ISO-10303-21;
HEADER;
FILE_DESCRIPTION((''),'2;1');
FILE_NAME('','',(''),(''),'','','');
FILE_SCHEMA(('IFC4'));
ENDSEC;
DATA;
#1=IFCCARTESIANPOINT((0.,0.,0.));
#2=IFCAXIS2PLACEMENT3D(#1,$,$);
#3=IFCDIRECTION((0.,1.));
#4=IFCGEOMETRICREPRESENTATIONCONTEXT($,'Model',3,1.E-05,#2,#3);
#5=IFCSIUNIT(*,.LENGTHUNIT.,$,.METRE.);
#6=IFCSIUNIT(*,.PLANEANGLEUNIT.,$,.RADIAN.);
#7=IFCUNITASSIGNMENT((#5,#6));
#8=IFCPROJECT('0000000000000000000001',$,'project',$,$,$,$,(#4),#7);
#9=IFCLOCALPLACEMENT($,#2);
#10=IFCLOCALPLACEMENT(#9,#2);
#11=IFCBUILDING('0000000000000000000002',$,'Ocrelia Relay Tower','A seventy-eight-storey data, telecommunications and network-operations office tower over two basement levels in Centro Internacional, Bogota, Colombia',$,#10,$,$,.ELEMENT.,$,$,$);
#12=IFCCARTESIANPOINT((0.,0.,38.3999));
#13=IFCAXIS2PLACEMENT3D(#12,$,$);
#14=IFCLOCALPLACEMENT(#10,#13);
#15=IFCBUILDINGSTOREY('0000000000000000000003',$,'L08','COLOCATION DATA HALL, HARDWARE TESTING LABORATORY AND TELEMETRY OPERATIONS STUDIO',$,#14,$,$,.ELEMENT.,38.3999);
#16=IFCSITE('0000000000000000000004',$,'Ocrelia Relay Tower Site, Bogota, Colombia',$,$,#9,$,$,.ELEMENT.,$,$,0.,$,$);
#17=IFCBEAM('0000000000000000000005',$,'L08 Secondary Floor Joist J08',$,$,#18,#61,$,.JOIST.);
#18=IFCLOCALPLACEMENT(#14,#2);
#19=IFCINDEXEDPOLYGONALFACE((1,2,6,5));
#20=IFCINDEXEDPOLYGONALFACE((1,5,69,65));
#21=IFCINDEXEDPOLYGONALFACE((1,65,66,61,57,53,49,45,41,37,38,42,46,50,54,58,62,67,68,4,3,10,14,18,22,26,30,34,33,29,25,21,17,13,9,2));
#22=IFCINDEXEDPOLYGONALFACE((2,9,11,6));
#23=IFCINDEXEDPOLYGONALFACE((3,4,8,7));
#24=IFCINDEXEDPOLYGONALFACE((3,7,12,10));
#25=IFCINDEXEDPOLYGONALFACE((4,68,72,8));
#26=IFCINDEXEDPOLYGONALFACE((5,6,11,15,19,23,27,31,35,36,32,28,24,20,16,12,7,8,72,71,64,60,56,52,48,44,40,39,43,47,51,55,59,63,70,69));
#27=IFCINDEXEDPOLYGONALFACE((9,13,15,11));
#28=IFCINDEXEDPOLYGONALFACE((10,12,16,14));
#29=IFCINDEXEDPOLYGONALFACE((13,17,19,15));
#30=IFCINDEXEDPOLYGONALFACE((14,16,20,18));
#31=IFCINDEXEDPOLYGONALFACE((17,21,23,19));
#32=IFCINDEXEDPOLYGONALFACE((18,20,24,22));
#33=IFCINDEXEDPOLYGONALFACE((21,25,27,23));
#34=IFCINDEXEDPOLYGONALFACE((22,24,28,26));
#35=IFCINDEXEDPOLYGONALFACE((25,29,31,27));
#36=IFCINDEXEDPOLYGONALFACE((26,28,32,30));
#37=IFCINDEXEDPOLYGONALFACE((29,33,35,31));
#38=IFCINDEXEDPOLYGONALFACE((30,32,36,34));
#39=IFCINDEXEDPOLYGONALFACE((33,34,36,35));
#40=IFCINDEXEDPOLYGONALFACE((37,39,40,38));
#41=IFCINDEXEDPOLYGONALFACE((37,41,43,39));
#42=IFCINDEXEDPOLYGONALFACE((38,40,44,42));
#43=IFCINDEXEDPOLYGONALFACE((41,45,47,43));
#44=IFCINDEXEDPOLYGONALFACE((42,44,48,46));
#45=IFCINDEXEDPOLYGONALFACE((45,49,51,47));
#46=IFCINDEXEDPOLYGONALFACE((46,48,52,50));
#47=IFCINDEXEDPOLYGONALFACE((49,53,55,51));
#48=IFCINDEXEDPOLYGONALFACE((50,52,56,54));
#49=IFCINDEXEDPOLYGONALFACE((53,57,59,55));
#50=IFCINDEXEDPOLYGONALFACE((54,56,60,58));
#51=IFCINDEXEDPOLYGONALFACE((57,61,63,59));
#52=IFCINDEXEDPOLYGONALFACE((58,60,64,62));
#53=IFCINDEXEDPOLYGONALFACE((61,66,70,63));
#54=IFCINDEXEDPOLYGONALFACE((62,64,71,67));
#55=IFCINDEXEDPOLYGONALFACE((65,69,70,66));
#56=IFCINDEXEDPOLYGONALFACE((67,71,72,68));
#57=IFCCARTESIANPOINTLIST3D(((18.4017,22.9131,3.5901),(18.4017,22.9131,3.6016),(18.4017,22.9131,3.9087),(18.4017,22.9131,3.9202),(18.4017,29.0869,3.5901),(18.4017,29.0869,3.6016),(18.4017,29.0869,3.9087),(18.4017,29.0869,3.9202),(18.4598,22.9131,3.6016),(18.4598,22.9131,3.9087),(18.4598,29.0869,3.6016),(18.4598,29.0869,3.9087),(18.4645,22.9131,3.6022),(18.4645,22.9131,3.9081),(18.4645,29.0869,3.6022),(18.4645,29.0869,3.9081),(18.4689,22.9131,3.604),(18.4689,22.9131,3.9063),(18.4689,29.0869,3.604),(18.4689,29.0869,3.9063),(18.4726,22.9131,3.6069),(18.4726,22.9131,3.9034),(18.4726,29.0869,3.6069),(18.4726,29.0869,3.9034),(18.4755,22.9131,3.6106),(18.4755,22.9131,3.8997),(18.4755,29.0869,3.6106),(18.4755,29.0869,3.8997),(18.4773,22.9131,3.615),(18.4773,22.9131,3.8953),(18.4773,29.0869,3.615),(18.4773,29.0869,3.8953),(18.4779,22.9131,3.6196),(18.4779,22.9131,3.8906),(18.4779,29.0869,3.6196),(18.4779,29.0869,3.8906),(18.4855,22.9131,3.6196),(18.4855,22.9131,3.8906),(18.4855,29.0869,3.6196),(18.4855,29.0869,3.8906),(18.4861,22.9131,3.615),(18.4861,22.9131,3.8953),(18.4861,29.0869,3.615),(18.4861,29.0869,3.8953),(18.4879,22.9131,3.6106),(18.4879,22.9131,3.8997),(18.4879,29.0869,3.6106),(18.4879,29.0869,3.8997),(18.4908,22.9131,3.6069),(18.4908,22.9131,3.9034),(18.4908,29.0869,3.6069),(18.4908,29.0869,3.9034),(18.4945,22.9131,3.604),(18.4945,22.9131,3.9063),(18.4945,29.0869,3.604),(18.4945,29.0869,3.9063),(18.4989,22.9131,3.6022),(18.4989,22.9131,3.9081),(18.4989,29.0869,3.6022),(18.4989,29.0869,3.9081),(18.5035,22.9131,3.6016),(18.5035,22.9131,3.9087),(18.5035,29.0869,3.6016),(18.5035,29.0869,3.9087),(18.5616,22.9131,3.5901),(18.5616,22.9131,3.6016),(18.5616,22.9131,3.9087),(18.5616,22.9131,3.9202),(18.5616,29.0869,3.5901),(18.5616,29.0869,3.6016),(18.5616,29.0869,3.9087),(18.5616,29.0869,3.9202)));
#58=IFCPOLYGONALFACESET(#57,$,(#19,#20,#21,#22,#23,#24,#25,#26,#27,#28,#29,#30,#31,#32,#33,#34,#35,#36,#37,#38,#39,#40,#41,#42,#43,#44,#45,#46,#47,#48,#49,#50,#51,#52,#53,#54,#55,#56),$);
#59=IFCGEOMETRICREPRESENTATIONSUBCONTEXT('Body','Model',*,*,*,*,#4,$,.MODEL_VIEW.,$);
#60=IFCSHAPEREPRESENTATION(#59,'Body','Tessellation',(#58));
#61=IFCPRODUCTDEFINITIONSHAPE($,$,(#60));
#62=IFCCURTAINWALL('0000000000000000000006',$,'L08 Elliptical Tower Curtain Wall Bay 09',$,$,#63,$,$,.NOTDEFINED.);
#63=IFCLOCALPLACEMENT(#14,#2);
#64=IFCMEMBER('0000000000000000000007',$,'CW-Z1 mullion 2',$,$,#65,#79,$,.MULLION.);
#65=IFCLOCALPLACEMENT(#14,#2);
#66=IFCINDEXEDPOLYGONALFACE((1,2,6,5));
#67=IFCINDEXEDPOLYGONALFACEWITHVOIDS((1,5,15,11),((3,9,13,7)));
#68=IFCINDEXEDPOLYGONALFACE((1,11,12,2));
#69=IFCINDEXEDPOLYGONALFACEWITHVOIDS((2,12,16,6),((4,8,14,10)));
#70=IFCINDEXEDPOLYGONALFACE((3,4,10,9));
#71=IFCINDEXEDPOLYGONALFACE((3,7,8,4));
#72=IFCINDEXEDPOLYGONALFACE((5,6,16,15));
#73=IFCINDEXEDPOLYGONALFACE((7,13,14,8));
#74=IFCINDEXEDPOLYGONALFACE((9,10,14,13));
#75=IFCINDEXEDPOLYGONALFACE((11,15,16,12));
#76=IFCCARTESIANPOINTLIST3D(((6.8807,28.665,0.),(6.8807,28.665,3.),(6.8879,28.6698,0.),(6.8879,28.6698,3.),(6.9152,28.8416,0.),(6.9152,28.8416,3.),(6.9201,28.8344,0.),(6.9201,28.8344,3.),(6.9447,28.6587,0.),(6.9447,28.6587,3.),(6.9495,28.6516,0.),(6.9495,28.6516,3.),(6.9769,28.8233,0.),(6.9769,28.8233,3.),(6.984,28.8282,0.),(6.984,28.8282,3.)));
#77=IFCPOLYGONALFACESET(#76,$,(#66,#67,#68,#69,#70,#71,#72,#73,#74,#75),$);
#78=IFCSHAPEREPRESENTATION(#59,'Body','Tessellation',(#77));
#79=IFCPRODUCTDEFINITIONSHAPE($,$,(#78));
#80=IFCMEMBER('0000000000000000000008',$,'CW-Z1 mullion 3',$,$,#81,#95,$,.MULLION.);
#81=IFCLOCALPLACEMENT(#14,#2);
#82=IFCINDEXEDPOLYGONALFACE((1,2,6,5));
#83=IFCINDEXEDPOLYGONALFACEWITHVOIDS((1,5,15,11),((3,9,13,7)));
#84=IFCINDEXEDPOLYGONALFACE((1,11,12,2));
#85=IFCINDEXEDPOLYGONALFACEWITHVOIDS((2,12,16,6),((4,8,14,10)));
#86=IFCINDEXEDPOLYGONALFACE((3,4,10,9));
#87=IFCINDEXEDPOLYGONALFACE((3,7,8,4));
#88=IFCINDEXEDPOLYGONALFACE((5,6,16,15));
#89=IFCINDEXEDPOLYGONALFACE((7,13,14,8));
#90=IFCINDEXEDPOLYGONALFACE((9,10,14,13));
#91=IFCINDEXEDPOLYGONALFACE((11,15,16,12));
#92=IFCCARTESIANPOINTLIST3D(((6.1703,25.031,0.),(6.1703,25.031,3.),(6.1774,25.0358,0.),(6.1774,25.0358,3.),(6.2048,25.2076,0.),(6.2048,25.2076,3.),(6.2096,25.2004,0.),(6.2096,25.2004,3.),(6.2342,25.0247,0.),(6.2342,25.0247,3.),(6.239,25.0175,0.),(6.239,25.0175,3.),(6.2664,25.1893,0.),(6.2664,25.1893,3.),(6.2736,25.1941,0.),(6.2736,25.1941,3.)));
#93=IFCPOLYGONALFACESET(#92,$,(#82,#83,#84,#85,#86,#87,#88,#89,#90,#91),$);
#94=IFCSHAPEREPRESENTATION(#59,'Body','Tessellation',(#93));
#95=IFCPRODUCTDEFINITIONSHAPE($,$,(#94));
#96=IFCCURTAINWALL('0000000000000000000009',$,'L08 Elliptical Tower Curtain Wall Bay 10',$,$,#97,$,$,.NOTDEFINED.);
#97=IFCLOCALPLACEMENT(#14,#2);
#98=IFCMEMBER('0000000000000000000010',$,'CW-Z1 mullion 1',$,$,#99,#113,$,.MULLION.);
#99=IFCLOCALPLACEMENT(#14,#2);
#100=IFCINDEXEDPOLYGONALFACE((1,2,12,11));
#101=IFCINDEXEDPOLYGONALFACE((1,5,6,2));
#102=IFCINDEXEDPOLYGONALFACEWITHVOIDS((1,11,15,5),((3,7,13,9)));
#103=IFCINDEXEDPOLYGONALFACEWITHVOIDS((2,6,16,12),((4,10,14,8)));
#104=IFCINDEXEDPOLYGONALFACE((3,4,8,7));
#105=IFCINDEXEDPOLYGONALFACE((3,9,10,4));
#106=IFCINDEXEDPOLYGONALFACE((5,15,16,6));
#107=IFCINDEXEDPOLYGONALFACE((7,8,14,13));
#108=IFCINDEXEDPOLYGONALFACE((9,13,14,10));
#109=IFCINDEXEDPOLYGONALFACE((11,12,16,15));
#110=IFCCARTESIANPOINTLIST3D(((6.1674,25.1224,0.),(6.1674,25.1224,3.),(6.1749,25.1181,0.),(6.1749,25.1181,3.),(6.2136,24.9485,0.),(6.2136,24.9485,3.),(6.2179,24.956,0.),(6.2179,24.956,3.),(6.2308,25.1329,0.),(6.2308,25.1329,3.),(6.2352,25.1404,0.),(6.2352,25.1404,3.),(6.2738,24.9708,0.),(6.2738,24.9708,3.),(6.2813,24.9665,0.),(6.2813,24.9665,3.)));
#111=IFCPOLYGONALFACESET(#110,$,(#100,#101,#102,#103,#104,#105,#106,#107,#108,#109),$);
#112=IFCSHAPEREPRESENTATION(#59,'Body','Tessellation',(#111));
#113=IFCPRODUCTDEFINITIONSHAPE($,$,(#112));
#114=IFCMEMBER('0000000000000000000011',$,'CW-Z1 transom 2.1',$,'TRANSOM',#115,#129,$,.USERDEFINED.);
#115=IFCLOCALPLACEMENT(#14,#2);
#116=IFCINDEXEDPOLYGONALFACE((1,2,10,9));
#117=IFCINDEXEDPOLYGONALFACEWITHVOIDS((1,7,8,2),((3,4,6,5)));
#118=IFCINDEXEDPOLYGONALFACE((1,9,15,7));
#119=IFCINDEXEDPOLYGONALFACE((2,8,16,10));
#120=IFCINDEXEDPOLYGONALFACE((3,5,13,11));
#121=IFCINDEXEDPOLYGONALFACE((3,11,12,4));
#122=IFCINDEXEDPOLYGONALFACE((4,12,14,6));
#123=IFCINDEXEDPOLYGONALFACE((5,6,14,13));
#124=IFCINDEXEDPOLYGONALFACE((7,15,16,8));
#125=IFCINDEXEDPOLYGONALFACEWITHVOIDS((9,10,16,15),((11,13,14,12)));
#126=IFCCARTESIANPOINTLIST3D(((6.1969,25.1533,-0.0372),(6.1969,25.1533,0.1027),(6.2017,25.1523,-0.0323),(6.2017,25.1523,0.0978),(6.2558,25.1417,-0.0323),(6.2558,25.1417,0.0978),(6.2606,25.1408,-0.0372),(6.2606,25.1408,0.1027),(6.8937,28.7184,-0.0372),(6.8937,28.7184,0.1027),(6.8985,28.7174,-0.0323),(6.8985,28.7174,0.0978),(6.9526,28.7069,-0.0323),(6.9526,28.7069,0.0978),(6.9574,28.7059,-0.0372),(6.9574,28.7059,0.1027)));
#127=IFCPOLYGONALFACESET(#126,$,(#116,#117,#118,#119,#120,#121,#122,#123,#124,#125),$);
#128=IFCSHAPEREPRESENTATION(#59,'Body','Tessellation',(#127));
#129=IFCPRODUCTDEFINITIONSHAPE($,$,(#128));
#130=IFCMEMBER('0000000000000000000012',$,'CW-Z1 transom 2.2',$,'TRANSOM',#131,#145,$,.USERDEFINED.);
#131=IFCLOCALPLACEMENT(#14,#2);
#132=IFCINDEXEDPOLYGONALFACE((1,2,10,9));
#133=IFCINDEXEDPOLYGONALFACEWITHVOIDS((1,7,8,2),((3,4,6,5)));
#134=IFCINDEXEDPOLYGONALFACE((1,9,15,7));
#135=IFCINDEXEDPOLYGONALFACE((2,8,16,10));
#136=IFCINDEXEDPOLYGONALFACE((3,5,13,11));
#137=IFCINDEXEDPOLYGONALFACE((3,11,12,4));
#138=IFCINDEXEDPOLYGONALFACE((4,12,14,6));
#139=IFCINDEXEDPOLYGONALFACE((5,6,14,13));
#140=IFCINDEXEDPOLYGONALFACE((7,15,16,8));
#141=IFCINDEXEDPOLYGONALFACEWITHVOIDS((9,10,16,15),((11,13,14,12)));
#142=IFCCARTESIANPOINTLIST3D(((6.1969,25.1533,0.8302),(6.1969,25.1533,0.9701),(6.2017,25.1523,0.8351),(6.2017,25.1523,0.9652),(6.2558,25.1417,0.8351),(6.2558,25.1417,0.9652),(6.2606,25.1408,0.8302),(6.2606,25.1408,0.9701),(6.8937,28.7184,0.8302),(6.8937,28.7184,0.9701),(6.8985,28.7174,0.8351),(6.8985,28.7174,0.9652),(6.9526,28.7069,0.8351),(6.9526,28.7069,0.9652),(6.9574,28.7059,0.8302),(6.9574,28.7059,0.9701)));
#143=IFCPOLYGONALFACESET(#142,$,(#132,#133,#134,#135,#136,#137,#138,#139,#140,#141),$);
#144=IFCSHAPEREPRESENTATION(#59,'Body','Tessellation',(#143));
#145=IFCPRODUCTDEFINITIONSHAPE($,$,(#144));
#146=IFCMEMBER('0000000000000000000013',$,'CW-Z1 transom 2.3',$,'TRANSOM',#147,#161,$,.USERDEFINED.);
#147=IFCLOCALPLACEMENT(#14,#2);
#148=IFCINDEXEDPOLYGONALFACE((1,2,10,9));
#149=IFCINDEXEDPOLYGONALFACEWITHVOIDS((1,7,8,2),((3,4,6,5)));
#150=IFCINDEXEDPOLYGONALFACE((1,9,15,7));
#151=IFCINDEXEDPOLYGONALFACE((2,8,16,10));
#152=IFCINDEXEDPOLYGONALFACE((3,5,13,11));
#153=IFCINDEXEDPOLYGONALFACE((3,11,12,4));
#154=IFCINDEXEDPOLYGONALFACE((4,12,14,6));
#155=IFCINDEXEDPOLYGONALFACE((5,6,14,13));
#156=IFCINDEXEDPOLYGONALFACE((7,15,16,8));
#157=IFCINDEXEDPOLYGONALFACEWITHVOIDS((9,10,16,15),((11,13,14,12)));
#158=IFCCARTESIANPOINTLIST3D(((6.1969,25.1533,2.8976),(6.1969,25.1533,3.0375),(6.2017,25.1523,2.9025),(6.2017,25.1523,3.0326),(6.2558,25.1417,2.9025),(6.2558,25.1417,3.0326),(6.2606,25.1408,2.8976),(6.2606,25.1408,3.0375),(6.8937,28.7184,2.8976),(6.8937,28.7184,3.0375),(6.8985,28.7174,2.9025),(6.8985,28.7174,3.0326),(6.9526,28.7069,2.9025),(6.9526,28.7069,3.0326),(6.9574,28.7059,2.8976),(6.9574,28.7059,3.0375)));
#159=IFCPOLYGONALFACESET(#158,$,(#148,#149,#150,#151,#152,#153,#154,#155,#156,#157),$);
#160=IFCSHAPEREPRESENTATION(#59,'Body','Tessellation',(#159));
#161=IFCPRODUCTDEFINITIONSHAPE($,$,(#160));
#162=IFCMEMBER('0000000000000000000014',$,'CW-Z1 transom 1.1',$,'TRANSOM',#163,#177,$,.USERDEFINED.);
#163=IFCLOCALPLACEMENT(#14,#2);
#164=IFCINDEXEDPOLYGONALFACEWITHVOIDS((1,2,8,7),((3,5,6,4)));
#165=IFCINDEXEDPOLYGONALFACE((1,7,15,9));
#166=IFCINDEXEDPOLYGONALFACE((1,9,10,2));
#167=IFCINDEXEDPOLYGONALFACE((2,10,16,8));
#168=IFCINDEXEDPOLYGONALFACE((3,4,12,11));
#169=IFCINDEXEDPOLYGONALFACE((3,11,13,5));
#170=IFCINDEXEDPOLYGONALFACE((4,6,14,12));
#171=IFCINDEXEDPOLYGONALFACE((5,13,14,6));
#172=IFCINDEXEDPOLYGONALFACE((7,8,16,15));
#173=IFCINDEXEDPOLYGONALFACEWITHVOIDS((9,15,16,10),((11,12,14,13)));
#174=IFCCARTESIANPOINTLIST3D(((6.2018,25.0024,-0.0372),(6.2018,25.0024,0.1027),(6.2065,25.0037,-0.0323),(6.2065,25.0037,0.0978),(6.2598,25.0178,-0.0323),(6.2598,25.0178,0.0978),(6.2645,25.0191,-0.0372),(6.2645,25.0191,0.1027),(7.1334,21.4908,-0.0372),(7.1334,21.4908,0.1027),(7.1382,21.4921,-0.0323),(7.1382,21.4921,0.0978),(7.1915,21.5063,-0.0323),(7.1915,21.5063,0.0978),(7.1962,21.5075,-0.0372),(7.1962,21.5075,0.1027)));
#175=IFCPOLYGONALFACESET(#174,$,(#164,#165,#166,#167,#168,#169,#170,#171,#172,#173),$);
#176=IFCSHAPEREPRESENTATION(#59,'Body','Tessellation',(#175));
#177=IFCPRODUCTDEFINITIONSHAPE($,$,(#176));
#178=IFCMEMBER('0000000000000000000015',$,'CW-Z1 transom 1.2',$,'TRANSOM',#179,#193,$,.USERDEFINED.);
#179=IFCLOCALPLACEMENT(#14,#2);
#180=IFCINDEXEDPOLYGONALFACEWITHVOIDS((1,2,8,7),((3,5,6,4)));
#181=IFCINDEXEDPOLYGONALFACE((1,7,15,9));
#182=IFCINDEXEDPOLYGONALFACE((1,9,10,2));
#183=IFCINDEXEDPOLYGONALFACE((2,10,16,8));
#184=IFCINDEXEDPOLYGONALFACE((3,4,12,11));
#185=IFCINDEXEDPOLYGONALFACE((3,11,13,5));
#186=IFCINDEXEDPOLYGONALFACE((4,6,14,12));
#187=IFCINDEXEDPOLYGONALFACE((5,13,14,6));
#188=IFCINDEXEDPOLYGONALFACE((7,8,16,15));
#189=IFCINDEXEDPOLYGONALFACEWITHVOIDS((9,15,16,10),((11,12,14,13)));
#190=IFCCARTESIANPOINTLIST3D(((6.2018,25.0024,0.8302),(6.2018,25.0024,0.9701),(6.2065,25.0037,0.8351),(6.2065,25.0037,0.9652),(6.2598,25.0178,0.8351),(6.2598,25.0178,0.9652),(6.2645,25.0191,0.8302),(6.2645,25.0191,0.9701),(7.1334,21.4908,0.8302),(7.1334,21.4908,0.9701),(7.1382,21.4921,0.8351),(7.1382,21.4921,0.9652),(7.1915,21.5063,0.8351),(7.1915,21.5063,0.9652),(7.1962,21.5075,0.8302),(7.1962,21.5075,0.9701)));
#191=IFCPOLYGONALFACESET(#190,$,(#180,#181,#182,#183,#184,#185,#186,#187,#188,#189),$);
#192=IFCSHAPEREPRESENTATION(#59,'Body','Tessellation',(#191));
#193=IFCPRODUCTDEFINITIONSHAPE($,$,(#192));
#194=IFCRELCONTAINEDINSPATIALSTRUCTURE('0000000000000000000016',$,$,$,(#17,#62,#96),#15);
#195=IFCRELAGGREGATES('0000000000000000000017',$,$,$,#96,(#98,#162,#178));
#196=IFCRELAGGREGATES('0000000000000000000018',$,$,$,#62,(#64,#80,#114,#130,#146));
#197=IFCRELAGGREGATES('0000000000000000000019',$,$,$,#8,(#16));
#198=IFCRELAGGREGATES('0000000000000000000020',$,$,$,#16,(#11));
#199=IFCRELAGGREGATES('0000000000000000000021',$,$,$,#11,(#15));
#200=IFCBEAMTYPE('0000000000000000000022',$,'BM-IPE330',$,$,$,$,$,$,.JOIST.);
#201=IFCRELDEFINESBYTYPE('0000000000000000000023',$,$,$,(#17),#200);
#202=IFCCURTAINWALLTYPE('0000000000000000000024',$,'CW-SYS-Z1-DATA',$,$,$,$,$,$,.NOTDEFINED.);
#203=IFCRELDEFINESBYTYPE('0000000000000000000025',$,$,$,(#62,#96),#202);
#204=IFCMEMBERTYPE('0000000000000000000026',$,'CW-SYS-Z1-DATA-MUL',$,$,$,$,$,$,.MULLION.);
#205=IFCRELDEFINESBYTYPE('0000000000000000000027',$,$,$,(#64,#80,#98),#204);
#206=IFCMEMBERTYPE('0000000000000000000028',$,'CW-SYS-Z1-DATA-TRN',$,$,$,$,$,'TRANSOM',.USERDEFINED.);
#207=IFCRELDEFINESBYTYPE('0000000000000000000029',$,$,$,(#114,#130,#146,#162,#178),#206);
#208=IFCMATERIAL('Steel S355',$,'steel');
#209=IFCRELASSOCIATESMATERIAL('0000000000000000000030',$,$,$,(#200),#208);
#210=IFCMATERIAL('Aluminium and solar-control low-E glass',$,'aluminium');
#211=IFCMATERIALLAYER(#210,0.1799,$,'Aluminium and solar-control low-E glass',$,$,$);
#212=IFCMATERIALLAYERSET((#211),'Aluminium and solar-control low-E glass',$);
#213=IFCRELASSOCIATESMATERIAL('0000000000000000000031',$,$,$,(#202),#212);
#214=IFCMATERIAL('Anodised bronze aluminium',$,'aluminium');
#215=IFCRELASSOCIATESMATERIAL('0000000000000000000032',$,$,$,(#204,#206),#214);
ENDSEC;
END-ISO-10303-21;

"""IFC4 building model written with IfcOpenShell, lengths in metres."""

from ifc_helpers import new_model, si_unit, direction, frame, origin, origin_2d, place, context, subcontext, project, spatial, hollow_rectangle, i_section, extrude, material, layer, layer_set, material_profile, profile_set, type_object, element, aggregate, save


model = new_model("IFC4")

# Units and contexts
model_context = context("Model", 3, precision=1e-05, world=origin(), true_north=direction((0.0, 1.0)))
body_context = subcontext(model_context, "Body", "Model", "MODEL_VIEW")
ifc_project = project(units=[si_unit("LENGTHUNIT", "METRE"), si_unit("PLANEANGLEUNIT", "RADIAN")], contexts=[model_context])

# Site, building, storey
site_placement = place(None, origin())
site = spatial("IfcSite", under=ifc_project, at=site_placement, Name="Ocrelia Relay Tower Site, Bogota, Colombia", CompositionType="ELEMENT", RefElevation=0.0)
building_placement = place(site_placement, origin())
building = spatial("IfcBuilding", under=site, at=building_placement, Name="Ocrelia Relay Tower", Description="A seventy-eight-storey data, telecommunications and network-operations office tower over two basement levels in Centro Internacional, Bogota, Colombia", CompositionType="ELEMENT")
storey_placement = place(building_placement, frame((0.0, 0.0, 38.3999)))
storey = spatial("IfcBuildingStorey", under=building, at=storey_placement, Name="L08", Description="COLOCATION DATA HALL, HARDWARE TESTING LABORATORY AND TELEMETRY OPERATIONS STUDIO", CompositionType="ELEMENT", Elevation=38.3999)

# Beam
ifc_material_1 = material(Name="Steel S355", Category="steel")
ifc_material_profile_1 = material_profile(ifc_material_1, i_section(OverallWidth=0.1599, OverallDepth=0.3301, WebThickness=0.0076, FlangeThickness=0.0115, FilletRadius=0.0181, at=origin_2d()), Name="IPE 330")
ifc_profile_set_1 = profile_set([ifc_material_profile_1], Name="Steel S355")
beam_type_1 = type_object("IfcBeamType", Name="BM-IPE330", PredefinedType="JOIST", material=ifc_profile_set_1)
beam_1_placement = place(storey_placement, frame((18.4817, 29.0869, 3.7551), z_axis=(0.0, -1.0, 0.0), x_axis=(1.0, 0.0, 0.0)))
element("IfcBeam", 1, at=beam_1_placement, inside=storey, type_object=beam_type_1, Name="L08 Secondary Floor Joist J08", PredefinedType="JOIST", context=body_context, shape_type="SweptSolid", body=[
    extrude(i_section(OverallWidth=0.1599, OverallDepth=0.3301, WebThickness=0.0076, FlangeThickness=0.0115, FilletRadius=0.0181, at=origin_2d()), origin(), (0.0, 0.0, 1.0), 6.1738),
])

# Curtain wall, members
ifc_material_2 = material(Name="Aluminium and solar-control low-E glass", Category="aluminium")
ifc_layer_1 = layer(ifc_material_2, 0.1799, Name="Aluminium and solar-control low-E glass")
ifc_layer_set_1 = layer_set([ifc_layer_1], Name="Aluminium and solar-control low-E glass")
curtain_wall_type = type_object("IfcCurtainWallType", Name="CW-SYS-Z1-DATA", PredefinedType="NOTDEFINED", material=ifc_layer_set_1)
curtain_wall_1_placement = place(storey_placement, origin())
curtain_wall_1 = element("IfcCurtainWall", 2, at=curtain_wall_1_placement, inside=storey, type_object=curtain_wall_type, Name="L08 Elliptical Tower Curtain Wall Bay 09", PredefinedType="NOTDEFINED")
ifc_material_3 = material(Name="Anodised bronze aluminium", Category="aluminium")
ifc_material_profile_2 = material_profile(ifc_material_3, hollow_rectangle(XDim=0.0701, YDim=0.1799, WallThickness=0.0061, at=origin_2d()), Name="CW-MUL-180x70")
ifc_profile_set_2 = profile_set([ifc_material_profile_2], Name="Anodised bronze aluminium")
member_type_1 = type_object("IfcMemberType", Name="CW-SYS-Z1-DATA-MUL", PredefinedType="MULLION", material=ifc_profile_set_2)
member_1_placement = place(storey_placement, frame((6.9324, 28.7466, 0.0), z_axis=(0.0, 0.0, 1.0), x_axis=(0.981426, -0.191841, 0.0)))
member_1 = element("IfcMember", 3, at=member_1_placement, type_object=member_type_1, Name="CW-Z1 mullion 2", PredefinedType="MULLION", context=body_context, shape_type="SweptSolid", body=[
    extrude(hollow_rectangle(XDim=0.0701, YDim=0.1799, WallThickness=0.0061, at=origin_2d()), origin(), (0.0, 0.0, 1.0), 3.0),
])
member_2_placement = place(storey_placement, frame((6.2219, 25.1125, 0.0), z_axis=(0.0, 0.0, 1.0), x_axis=(0.981426, -0.191841, 0.0)))
member_2 = element("IfcMember", 4, at=member_2_placement, type_object=member_type_1, Name="CW-Z1 mullion 3", PredefinedType="MULLION", context=body_context, shape_type="SweptSolid", body=[
    extrude(hollow_rectangle(XDim=0.0701, YDim=0.1799, WallThickness=0.0061, at=origin_2d()), origin(), (0.0, 0.0, 1.0), 3.0),
])

# Curtain wall, member
curtain_wall_2_placement = place(storey_placement, origin())
curtain_wall_2 = element("IfcCurtainWall", 5, at=curtain_wall_2_placement, inside=storey, type_object=curtain_wall_type, Name="L08 Elliptical Tower Curtain Wall Bay 10", PredefinedType="NOTDEFINED")
member_3_placement = place(storey_placement, frame((6.2244, 25.0444, 0.0), z_axis=(0.0, 0.0, 1.0), x_axis=(0.966557, 0.256451, 0.0)))
member_3 = element("IfcMember", 6, at=member_3_placement, type_object=member_type_1, Name="CW-Z1 mullion 1", PredefinedType="MULLION", context=body_context, shape_type="SweptSolid", body=[
    extrude(hollow_rectangle(XDim=0.0701, YDim=0.1799, WallThickness=0.0061, at=origin_2d()), origin(), (0.0, 0.0, 1.0), 3.0),
])

# Members
ifc_material_profile_3 = material_profile(ifc_material_3, hollow_rectangle(XDim=0.0649, YDim=0.1399, WallThickness=0.0049, at=origin_2d()), Name="CW-TRN-140x65")
ifc_profile_set_3 = profile_set([ifc_material_profile_3], Name="Anodised bronze aluminium")
member_type_2 = type_object("IfcMemberType", Name="CW-SYS-Z1-DATA-TRN", ElementType="TRANSOM", PredefinedType="USERDEFINED", material=ifc_profile_set_3)
member_4_placement = place(storey_placement, frame((6.9255, 28.7122, 0.0327), z_axis=(-0.19181, -0.981432, 0.0), x_axis=(0.981432, -0.19181, 0.0)))
member_4 = element("IfcMember", 7, at=member_4_placement, type_object=member_type_2, Name="CW-Z1 transom 2.1", ObjectType="TRANSOM", PredefinedType="USERDEFINED", context=body_context, shape_type="SweptSolid", body=[
    extrude(hollow_rectangle(XDim=0.0649, YDim=0.1399, WallThickness=0.0049, at=origin_2d()), origin(), (0.0, 0.0, 1.0), 3.6326),
])
member_5_placement = place(storey_placement, frame((6.9255, 28.7122, 0.9001), z_axis=(-0.19181, -0.981432, 0.0), x_axis=(0.981432, -0.19181, 0.0)))
member_5 = element("IfcMember", 8, at=member_5_placement, type_object=member_type_2, Name="CW-Z1 transom 2.2", ObjectType="TRANSOM", PredefinedType="USERDEFINED", context=body_context, shape_type="SweptSolid", body=[
    extrude(hollow_rectangle(XDim=0.0649, YDim=0.1399, WallThickness=0.0049, at=origin_2d()), origin(), (0.0, 0.0, 1.0), 3.6326),
])
member_6_placement = place(storey_placement, frame((6.9255, 28.7122, 2.9675), z_axis=(-0.19181, -0.981432, 0.0), x_axis=(0.981432, -0.19181, 0.0)))
member_6 = element("IfcMember", 9, at=member_6_placement, type_object=member_type_2, Name="CW-Z1 transom 2.3", ObjectType="TRANSOM", PredefinedType="USERDEFINED", context=body_context, shape_type="SweptSolid", body=[
    extrude(hollow_rectangle(XDim=0.0649, YDim=0.1399, WallThickness=0.0049, at=origin_2d()), origin(), (0.0, 0.0, 1.0), 3.6326),
])
member_7_placement = place(storey_placement, frame((6.2332, 25.0107, 0.0327), z_axis=(0.256441, -0.96656, 0.0), x_axis=(0.96656, 0.256441, 0.0)))
member_7 = element("IfcMember", 10, at=member_7_placement, type_object=member_type_2, Name="CW-Z1 transom 1.1", ObjectType="TRANSOM", PredefinedType="USERDEFINED", context=body_context, shape_type="SweptSolid", body=[
    extrude(hollow_rectangle(XDim=0.0649, YDim=0.1399, WallThickness=0.0049, at=origin_2d()), origin(), (0.0, 0.0, 1.0), 3.6331),
])
member_8_placement = place(storey_placement, frame((6.2332, 25.0107, 0.9001), z_axis=(0.256441, -0.96656, 0.0), x_axis=(0.96656, 0.256441, 0.0)))
member_8 = element("IfcMember", 11, at=member_8_placement, type_object=member_type_2, Name="CW-Z1 transom 1.2", ObjectType="TRANSOM", PredefinedType="USERDEFINED", context=body_context, shape_type="SweptSolid", body=[
    extrude(hollow_rectangle(XDim=0.0649, YDim=0.1399, WallThickness=0.0049, at=origin_2d()), origin(), (0.0, 0.0, 1.0), 3.6331),
])
aggregate(curtain_wall_2, [member_3, member_7, member_8])

aggregate(curtain_wall_1, [member_1, member_2, member_4, member_5, member_6])

save(model, "model.ifc")
